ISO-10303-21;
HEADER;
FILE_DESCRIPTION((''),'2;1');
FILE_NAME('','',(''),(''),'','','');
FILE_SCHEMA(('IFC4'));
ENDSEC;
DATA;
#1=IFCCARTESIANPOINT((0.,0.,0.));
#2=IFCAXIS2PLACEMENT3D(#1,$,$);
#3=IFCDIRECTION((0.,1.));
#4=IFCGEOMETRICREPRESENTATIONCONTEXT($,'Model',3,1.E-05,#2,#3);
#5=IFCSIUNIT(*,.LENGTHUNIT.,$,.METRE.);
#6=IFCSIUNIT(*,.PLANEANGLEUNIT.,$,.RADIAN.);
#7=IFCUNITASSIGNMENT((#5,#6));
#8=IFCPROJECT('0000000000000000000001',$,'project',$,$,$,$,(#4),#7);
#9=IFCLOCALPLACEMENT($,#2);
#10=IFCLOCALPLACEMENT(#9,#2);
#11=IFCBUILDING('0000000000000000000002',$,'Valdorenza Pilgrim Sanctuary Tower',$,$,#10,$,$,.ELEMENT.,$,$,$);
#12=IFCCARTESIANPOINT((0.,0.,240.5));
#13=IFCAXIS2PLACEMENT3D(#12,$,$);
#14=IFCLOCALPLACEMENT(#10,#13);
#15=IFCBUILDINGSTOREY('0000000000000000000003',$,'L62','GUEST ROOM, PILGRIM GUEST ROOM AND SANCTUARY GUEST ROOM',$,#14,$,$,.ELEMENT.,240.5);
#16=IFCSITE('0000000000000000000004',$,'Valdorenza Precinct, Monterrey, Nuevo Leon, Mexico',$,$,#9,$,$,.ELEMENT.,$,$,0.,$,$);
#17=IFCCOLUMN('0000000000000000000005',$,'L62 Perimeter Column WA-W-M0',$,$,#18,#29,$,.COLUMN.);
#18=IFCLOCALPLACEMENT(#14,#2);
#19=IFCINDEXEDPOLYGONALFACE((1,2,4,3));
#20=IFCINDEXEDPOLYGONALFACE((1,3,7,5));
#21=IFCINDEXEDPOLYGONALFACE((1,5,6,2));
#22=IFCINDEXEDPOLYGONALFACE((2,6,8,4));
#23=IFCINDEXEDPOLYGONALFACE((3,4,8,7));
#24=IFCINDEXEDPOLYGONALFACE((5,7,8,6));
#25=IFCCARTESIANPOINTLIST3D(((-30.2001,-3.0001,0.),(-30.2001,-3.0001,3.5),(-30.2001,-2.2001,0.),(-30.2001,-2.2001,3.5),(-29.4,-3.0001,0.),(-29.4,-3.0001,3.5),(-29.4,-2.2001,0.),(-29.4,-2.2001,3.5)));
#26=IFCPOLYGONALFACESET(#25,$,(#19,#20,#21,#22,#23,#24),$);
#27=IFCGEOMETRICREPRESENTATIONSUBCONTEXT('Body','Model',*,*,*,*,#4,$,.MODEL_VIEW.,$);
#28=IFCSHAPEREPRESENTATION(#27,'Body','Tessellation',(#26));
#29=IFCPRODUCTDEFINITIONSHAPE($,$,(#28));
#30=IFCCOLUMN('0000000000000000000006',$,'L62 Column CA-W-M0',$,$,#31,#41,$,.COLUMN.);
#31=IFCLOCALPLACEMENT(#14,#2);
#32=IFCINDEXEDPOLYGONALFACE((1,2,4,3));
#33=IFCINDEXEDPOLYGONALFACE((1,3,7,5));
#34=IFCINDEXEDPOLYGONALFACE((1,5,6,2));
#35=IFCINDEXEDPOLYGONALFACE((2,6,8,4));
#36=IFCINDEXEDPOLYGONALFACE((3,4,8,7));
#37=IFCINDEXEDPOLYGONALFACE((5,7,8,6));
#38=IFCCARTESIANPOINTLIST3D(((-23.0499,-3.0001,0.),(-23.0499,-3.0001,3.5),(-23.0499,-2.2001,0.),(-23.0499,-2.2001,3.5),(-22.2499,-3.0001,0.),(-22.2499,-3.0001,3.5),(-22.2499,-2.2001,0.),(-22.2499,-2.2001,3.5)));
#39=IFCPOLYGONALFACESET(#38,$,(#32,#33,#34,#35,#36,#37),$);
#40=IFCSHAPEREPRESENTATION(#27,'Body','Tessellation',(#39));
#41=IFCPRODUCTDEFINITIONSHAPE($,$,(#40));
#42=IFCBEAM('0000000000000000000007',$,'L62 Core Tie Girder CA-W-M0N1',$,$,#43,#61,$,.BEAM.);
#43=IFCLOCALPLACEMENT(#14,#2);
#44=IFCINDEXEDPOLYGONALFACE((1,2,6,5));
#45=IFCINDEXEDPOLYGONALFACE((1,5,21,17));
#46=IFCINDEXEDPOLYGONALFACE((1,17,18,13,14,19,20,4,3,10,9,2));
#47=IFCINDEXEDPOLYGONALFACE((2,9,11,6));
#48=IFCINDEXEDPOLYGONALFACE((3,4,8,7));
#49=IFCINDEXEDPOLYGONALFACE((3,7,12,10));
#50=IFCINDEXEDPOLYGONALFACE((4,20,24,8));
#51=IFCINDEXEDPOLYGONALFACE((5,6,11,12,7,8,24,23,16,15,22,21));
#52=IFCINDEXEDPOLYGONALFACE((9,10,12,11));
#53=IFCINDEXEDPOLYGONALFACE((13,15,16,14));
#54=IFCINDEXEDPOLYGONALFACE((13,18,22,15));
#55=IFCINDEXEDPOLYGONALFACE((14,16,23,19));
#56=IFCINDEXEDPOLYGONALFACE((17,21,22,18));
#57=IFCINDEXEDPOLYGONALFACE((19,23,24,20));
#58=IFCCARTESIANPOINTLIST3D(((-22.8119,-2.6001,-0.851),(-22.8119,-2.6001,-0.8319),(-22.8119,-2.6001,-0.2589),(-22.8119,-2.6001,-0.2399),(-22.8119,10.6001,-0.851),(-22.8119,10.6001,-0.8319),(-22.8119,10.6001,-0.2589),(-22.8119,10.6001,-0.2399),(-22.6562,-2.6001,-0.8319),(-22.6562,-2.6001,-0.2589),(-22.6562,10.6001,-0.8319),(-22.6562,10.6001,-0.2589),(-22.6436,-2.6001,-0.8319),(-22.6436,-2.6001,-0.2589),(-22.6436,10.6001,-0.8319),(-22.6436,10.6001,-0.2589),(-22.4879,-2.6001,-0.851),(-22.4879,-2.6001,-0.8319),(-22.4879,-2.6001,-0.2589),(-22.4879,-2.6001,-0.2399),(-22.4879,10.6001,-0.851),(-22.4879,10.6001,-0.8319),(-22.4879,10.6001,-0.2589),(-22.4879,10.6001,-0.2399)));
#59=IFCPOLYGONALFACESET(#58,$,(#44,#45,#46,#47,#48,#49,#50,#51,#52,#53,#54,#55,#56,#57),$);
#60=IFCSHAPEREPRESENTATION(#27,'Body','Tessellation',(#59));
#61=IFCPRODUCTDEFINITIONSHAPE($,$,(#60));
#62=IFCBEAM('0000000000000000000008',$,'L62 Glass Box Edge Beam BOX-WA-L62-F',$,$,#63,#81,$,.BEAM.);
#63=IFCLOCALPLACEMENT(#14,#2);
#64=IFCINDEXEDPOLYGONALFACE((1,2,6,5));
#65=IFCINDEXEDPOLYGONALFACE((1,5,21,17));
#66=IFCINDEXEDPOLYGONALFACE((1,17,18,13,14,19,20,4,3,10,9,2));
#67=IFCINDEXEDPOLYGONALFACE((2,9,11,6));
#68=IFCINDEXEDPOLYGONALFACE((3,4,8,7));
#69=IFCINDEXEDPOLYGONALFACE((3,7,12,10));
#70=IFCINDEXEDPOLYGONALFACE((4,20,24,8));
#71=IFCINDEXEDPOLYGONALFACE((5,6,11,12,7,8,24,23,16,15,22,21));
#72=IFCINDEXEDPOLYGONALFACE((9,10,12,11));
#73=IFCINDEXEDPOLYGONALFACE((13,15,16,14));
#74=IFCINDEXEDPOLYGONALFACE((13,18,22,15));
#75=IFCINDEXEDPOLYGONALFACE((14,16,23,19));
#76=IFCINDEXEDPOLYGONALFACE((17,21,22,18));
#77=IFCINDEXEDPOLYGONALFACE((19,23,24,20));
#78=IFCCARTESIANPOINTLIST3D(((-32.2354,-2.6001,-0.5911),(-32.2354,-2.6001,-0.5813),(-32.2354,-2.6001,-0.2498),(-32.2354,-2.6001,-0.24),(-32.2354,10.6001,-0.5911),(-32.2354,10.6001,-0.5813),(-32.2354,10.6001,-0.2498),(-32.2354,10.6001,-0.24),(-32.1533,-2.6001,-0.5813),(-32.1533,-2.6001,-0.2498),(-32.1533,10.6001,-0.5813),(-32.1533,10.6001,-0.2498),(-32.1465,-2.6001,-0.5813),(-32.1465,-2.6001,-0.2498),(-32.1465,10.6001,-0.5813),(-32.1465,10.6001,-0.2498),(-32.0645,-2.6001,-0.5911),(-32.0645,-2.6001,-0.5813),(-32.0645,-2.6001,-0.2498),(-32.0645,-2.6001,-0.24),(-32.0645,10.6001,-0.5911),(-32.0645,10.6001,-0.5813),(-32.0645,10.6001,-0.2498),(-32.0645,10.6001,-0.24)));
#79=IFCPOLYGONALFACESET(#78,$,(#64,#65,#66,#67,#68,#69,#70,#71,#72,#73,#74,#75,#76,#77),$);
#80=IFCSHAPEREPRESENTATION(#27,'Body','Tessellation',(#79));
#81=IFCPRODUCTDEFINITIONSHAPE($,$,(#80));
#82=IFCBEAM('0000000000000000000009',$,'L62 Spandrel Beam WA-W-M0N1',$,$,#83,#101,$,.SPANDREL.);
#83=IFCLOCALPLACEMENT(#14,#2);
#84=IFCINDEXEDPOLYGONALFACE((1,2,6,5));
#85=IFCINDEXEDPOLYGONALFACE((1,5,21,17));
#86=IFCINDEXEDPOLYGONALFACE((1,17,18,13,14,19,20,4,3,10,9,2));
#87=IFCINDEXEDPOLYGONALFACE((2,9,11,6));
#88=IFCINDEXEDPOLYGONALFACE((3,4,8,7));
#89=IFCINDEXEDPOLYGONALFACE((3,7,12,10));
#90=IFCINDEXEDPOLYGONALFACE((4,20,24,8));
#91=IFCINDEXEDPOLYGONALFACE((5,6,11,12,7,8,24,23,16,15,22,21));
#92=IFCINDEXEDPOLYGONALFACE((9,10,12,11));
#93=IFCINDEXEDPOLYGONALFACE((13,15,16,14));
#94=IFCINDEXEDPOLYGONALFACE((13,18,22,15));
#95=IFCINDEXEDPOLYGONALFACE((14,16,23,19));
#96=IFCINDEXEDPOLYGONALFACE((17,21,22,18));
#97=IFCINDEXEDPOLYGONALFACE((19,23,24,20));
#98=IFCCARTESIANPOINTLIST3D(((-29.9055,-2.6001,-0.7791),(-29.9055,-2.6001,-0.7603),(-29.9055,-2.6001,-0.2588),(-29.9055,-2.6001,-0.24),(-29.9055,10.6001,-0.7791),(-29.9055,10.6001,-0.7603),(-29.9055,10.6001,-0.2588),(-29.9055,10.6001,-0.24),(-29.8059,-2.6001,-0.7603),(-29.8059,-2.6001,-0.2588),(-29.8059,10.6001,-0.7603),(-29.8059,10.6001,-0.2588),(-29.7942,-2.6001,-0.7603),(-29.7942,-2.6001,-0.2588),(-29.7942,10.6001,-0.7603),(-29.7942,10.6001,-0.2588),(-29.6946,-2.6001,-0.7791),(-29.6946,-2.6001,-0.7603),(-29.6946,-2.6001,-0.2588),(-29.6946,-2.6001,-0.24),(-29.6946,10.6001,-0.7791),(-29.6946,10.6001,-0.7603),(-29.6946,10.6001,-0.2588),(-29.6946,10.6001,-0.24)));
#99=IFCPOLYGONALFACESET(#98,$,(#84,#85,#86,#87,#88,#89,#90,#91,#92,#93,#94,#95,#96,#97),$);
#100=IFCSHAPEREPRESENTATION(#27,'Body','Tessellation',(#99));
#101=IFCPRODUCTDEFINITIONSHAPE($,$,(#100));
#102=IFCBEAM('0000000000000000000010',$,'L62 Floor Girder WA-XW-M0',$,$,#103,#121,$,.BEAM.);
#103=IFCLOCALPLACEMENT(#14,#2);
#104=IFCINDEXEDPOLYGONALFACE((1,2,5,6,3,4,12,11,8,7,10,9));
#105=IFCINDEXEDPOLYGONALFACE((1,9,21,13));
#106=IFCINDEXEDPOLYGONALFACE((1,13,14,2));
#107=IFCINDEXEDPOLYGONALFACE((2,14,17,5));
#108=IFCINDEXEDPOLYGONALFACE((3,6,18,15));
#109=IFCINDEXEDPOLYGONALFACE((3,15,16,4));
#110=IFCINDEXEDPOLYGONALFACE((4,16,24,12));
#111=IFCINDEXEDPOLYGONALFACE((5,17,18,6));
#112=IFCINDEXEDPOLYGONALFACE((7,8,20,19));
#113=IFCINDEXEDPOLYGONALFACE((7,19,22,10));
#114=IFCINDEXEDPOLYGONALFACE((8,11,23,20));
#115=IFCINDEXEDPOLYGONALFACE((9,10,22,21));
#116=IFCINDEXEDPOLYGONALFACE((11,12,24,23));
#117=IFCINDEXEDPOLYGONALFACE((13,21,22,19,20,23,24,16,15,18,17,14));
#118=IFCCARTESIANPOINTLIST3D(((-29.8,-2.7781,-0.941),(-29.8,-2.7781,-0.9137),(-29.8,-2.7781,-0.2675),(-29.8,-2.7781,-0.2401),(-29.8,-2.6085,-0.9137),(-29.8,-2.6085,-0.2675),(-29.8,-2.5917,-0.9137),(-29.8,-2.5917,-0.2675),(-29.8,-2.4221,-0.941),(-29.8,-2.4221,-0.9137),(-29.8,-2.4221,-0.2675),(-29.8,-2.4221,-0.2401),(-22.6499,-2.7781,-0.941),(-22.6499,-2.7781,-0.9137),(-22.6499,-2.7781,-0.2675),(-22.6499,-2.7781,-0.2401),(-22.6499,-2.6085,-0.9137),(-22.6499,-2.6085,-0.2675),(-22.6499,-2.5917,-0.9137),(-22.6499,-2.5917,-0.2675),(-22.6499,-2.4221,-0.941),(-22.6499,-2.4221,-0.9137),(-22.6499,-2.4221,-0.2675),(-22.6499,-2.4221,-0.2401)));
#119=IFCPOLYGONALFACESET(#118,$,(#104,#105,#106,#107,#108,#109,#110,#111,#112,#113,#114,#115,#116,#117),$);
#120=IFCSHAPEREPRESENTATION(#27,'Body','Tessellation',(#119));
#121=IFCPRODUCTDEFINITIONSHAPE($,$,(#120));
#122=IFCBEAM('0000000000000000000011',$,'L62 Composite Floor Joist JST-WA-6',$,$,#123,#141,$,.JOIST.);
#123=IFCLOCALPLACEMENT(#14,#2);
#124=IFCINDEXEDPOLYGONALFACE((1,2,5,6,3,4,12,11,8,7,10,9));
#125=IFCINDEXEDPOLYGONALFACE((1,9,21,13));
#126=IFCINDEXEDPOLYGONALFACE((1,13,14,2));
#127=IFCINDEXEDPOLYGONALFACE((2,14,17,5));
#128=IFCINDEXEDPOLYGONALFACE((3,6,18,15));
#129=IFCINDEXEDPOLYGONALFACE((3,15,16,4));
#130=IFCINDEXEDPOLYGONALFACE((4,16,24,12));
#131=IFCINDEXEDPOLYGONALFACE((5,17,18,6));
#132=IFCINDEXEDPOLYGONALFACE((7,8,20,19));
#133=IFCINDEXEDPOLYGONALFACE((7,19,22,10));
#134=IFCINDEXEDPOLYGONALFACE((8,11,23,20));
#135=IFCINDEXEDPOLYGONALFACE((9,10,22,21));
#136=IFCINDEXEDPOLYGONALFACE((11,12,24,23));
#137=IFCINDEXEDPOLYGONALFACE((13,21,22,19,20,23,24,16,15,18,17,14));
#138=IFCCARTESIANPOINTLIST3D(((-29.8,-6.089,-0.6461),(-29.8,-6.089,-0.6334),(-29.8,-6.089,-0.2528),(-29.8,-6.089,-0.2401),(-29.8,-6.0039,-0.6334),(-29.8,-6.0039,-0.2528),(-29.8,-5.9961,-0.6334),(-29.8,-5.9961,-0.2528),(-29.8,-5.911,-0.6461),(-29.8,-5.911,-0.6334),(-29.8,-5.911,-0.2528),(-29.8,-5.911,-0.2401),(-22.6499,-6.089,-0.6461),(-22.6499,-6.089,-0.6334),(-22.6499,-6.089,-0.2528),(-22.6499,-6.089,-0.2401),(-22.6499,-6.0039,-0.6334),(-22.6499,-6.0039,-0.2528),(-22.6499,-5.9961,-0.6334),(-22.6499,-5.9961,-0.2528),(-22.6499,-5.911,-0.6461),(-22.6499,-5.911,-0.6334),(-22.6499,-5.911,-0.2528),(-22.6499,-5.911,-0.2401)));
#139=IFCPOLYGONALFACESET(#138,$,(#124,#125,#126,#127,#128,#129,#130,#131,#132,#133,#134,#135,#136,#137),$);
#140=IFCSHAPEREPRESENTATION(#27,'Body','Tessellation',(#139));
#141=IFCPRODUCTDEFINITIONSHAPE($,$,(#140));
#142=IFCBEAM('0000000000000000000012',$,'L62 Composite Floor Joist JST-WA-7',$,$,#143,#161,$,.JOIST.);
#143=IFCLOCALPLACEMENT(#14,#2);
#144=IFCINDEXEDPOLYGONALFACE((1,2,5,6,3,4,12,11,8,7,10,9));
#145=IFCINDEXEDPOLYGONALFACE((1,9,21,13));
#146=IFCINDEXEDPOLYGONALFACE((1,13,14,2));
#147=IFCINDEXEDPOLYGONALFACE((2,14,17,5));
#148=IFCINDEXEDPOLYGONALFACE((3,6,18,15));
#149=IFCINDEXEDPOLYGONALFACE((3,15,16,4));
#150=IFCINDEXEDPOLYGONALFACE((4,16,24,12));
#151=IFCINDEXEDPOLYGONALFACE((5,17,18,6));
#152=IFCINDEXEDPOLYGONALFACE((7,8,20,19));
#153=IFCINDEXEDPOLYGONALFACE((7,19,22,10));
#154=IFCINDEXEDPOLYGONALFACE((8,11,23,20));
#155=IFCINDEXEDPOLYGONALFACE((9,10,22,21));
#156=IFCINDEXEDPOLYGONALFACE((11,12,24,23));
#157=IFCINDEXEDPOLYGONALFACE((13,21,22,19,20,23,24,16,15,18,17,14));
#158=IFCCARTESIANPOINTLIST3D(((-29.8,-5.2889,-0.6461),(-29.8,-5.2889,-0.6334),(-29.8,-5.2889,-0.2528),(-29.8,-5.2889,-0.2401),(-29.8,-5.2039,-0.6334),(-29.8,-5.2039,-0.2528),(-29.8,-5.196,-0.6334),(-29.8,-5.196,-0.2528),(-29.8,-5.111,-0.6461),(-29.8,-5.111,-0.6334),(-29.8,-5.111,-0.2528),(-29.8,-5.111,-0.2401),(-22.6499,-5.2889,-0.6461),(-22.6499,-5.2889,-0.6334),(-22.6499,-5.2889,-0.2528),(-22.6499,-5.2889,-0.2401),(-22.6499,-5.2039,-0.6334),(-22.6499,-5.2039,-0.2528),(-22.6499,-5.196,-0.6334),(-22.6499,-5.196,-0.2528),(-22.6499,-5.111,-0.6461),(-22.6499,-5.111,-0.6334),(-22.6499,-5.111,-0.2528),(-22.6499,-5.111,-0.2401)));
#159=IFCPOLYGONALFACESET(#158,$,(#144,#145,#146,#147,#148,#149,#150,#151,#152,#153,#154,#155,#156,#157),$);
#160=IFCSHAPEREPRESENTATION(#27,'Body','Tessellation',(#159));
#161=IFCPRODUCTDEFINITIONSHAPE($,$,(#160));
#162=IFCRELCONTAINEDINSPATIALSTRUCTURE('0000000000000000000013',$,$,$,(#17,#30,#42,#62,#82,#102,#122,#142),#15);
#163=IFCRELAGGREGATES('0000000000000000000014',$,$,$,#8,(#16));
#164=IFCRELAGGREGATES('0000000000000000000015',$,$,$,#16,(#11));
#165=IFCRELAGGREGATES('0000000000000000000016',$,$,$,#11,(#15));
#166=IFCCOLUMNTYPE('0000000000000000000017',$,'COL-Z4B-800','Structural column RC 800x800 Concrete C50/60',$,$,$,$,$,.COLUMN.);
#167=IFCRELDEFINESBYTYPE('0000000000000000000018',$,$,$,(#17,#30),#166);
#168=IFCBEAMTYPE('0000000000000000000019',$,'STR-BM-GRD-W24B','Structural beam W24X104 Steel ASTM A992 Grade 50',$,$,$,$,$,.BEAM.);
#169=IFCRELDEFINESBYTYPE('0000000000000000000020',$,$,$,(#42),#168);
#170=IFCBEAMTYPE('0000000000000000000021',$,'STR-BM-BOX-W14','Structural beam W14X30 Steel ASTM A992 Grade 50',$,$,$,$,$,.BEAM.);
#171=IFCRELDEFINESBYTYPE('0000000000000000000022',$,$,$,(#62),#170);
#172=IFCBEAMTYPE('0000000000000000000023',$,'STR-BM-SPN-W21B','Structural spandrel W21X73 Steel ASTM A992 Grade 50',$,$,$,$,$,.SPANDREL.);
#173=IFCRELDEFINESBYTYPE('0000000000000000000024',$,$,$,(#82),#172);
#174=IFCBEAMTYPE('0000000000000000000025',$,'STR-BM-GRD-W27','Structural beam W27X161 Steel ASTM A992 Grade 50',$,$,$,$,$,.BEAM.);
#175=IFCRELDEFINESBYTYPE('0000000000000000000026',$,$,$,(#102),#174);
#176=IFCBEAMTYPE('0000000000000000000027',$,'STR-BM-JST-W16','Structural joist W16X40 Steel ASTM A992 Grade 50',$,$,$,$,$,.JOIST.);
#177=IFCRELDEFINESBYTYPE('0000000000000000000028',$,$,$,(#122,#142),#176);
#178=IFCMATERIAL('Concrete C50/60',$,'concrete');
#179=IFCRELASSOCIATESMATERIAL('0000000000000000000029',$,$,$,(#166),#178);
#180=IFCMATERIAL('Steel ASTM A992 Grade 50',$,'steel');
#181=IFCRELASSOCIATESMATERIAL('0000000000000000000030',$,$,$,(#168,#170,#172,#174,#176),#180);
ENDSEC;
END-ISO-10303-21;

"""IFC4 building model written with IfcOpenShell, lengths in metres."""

from ifc_helpers import new_model, si_unit, direction, frame, origin, origin_2d, place, context, subcontext, project, spatial, rectangle, i_section, extrude, source, transform, mapped, material, material_profile, profile_set, type_object, element, save


model = new_model("IFC4")

# Units and contexts
model_context = context("Model", 3, precision=1e-05, world=origin(), true_north=direction((0.0, 1.0)))
body_context = subcontext(model_context, "Body", "Model", "MODEL_VIEW")
ifc_project = project(units=[si_unit("LENGTHUNIT", "METRE"), si_unit("PLANEANGLEUNIT", "RADIAN")], contexts=[model_context])

# Site, building, storey
site_placement = place(None, origin())
site = spatial("IfcSite", under=ifc_project, at=site_placement, Name="Valdorenza Precinct, Monterrey, Nuevo Leon, Mexico", CompositionType="ELEMENT", RefElevation=0.0)
building_placement = place(site_placement, origin())
building = spatial("IfcBuilding", under=site, at=building_placement, Name="Valdorenza Pilgrim Sanctuary Tower", CompositionType="ELEMENT")
storey_placement = place(building_placement, frame((0.0, 0.0, 240.5)))
storey = spatial("IfcBuildingStorey", under=building, at=storey_placement, Name="L62", Description="GUEST ROOM, PILGRIM GUEST ROOM AND SANCTUARY GUEST ROOM", CompositionType="ELEMENT", Elevation=240.5)

# Columns
ifc_material_1 = material(Name="Concrete C50/60", Category="concrete")
ifc_material_profile_1 = material_profile(ifc_material_1, rectangle(XDim=0.8, YDim=0.8, at=origin_2d()), Name="RC 800x800")
ifc_profile_set_1 = profile_set([ifc_material_profile_1], Name="Concrete C50/60")
column_type = type_object("IfcColumnType", Name="COL-Z4B-800", Description="Structural column RC 800x800 Concrete C50/60", PredefinedType="COLUMN", material=ifc_profile_set_1)
shared_shape_1 = source(origin(), body_context, "Body", "SweptSolid", [
    extrude(rectangle(XDim=0.8, YDim=0.8, at=origin_2d()), origin(), (0.0, 0.0, 1.0), 3.5),
])
for number, where, z_axis, x_axis, name in (
    (1, (-29.8, -2.6001, 0.0), (0.0, 0.0, 1.0), (1.0, 0.0, 0.0), "L62 Perimeter Column WA-W-M0"),
    (2, (-22.6499, -2.6001, 0.0), (0.0, 0.0, 1.0), (1.0, 0.0, 0.0), "L62 Column CA-W-M0"),
):
    element("IfcColumn", number, at=place(storey_placement, frame(where, z_axis=z_axis, x_axis=x_axis)), inside=storey, type_object=column_type, Name=name, PredefinedType="COLUMN", context=body_context, shape_type="MappedRepresentation", body=[
        mapped(shared_shape_1, transform((0.0, 0.0, 0.0), x_axis=(1.0, 0.0, 0.0), y_axis=(0.0, 1.0, 0.0), z_axis=(0.0, 0.0, 1.0), scale=1.0)),
    ])

# Beams
ifc_material_2 = material(Name="Steel ASTM A992 Grade 50", Category="steel")
ifc_material_profile_2 = material_profile(ifc_material_2, i_section(OverallWidth=0.324, OverallDepth=0.6111, WebThickness=0.0127, FlangeThickness=0.019, at=origin_2d()), Name="W24X104")
ifc_profile_set_2 = profile_set([ifc_material_profile_2], Name="Steel ASTM A992 Grade 50")
beam_type_1 = type_object("IfcBeamType", Name="STR-BM-GRD-W24B", Description="Structural beam W24X104 Steel ASTM A992 Grade 50", PredefinedType="BEAM", material=ifc_profile_set_2)
shared_shape_2 = source(origin(), body_context, "Body", "SweptSolid", [
    extrude(i_section(OverallWidth=0.324, OverallDepth=0.6111, WebThickness=0.0127, FlangeThickness=0.019, at=origin_2d()), origin(), (0.0, 0.0, 1.0), 13.2002),
])
beam_1_placement = place(storey_placement, frame((-22.6499, -2.6001, -0.5454), z_axis=(0.0, 1.0, 0.0), x_axis=(-1.0, 0.0, 0.0)))
element("IfcBeam", 3, at=beam_1_placement, inside=storey, type_object=beam_type_1, Name="L62 Core Tie Girder CA-W-M0N1", PredefinedType="BEAM", context=body_context, shape_type="MappedRepresentation", body=[
    mapped(shared_shape_2, transform((0.0, 0.0, 0.0), x_axis=(1.0, 0.0, 0.0), y_axis=(0.0, 1.0, 0.0), z_axis=(0.0, 0.0, 1.0), scale=1.0)),
])
ifc_material_profile_3 = material_profile(ifc_material_2, i_section(OverallWidth=0.1709, OverallDepth=0.3511, WebThickness=0.0068, FlangeThickness=0.0098, at=origin_2d()), Name="W14X30")
ifc_profile_set_3 = profile_set([ifc_material_profile_3], Name="Steel ASTM A992 Grade 50")
beam_type_2 = type_object("IfcBeamType", Name="STR-BM-BOX-W14", Description="Structural beam W14X30 Steel ASTM A992 Grade 50", PredefinedType="BEAM", material=ifc_profile_set_3)
shared_shape_3 = source(origin(), body_context, "Body", "SweptSolid", [
    extrude(i_section(OverallWidth=0.1709, OverallDepth=0.3511, WebThickness=0.0068, FlangeThickness=0.0098, at=origin_2d()), origin(), (0.0, 0.0, 1.0), 13.2002),
])
beam_2_placement = place(storey_placement, frame((-32.1499, -2.6001, -0.4155), z_axis=(0.0, 1.0, 0.0), x_axis=(-1.0, 0.0, 0.0)))
element("IfcBeam", 4, at=beam_2_placement, inside=storey, type_object=beam_type_2, Name="L62 Glass Box Edge Beam BOX-WA-L62-F", PredefinedType="BEAM", context=body_context, shape_type="MappedRepresentation", body=[
    mapped(shared_shape_3, transform((0.0, 0.0, 0.0), x_axis=(1.0, 0.0, 0.0), y_axis=(0.0, 1.0, 0.0), z_axis=(0.0, 0.0, 1.0), scale=1.0)),
])
ifc_material_profile_4 = material_profile(ifc_material_2, i_section(OverallWidth=0.2109, OverallDepth=0.5391, WebThickness=0.0117, FlangeThickness=0.0188, at=origin_2d()), Name="W21X73")
ifc_profile_set_4 = profile_set([ifc_material_profile_4], Name="Steel ASTM A992 Grade 50")
beam_type_3 = type_object("IfcBeamType", Name="STR-BM-SPN-W21B", Description="Structural spandrel W21X73 Steel ASTM A992 Grade 50", PredefinedType="SPANDREL", material=ifc_profile_set_4)
shared_shape_4 = source(origin(), body_context, "Body", "SweptSolid", [
    extrude(i_section(OverallWidth=0.2109, OverallDepth=0.5391, WebThickness=0.0117, FlangeThickness=0.0188, at=origin_2d()), origin(), (0.0, 0.0, 1.0), 13.2002),
])
beam_3_placement = place(storey_placement, frame((-29.8, -2.6001, -0.5095), z_axis=(0.0, 1.0, 0.0), x_axis=(-1.0, 0.0, 0.0)))
element("IfcBeam", 5, at=beam_3_placement, inside=storey, type_object=beam_type_3, Name="L62 Spandrel Beam WA-W-M0N1", PredefinedType="SPANDREL", context=body_context, shape_type="MappedRepresentation", body=[
    mapped(shared_shape_4, transform((0.0, 0.0, 0.0), x_axis=(1.0, 0.0, 0.0), y_axis=(0.0, 1.0, 0.0), z_axis=(0.0, 0.0, 1.0), scale=1.0)),
])
ifc_material_profile_5 = material_profile(ifc_material_2, i_section(OverallWidth=0.356, OverallDepth=0.7009, WebThickness=0.0168, FlangeThickness=0.0273, at=origin_2d()), Name="W27X161")
ifc_profile_set_5 = profile_set([ifc_material_profile_5], Name="Steel ASTM A992 Grade 50")
beam_type_4 = type_object("IfcBeamType", Name="STR-BM-GRD-W27", Description="Structural beam W27X161 Steel ASTM A992 Grade 50", PredefinedType="BEAM", material=ifc_profile_set_5)
shared_shape_5 = source(origin(), body_context, "Body", "SweptSolid", [
    extrude(i_section(OverallWidth=0.356, OverallDepth=0.7009, WebThickness=0.0168, FlangeThickness=0.0273, at=origin_2d()), origin(), (0.0, 0.0, 1.0), 7.1501),
])
beam_4_placement = place(storey_placement, frame((-29.8, -2.6001, -0.5906), z_axis=(1.0, 0.0, 0.0), x_axis=(0.0, 1.0, 0.0)))
element("IfcBeam", 6, at=beam_4_placement, inside=storey, type_object=beam_type_4, Name="L62 Floor Girder WA-XW-M0", PredefinedType="BEAM", context=body_context, shape_type="MappedRepresentation", body=[
    mapped(shared_shape_5, transform((0.0, 0.0, 0.0), x_axis=(1.0, 0.0, 0.0), y_axis=(0.0, 1.0, 0.0), z_axis=(0.0, 0.0, 1.0), scale=1.0)),
])
ifc_material_profile_6 = material_profile(ifc_material_2, i_section(OverallWidth=0.178, OverallDepth=0.406, WebThickness=0.0078, FlangeThickness=0.0127, at=origin_2d()), Name="W16X40")
ifc_profile_set_6 = profile_set([ifc_material_profile_6], Name="Steel ASTM A992 Grade 50")
beam_type_5 = type_object("IfcBeamType", Name="STR-BM-JST-W16", Description="Structural joist W16X40 Steel ASTM A992 Grade 50", PredefinedType="JOIST", material=ifc_profile_set_6)
shared_shape_6 = source(origin(), body_context, "Body", "SweptSolid", [
    extrude(i_section(OverallWidth=0.178, OverallDepth=0.406, WebThickness=0.0078, FlangeThickness=0.0127, at=origin_2d()), origin(), (0.0, 0.0, 1.0), 7.1501),
])
for number, where, z_axis, x_axis, name in (
    (7, (-29.8, -6.0, -0.4431), (1.0, 0.0, 0.0), (0.0, 1.0, 0.0), "L62 Composite Floor Joist JST-WA-6"),
    (8, (-29.8, -5.2, -0.4431), (1.0, 0.0, 0.0), (0.0, 1.0, 0.0), "L62 Composite Floor Joist JST-WA-7"),
):
    element("IfcBeam", number, at=place(storey_placement, frame(where, z_axis=z_axis, x_axis=x_axis)), inside=storey, type_object=beam_type_5, Name=name, PredefinedType="JOIST", context=body_context, shape_type="MappedRepresentation", body=[
        mapped(shared_shape_6, transform((0.0, 0.0, 0.0), x_axis=(1.0, 0.0, 0.0), y_axis=(0.0, 1.0, 0.0), z_axis=(0.0, 0.0, 1.0), scale=1.0)),
    ])

save(model, "model.ifc")
